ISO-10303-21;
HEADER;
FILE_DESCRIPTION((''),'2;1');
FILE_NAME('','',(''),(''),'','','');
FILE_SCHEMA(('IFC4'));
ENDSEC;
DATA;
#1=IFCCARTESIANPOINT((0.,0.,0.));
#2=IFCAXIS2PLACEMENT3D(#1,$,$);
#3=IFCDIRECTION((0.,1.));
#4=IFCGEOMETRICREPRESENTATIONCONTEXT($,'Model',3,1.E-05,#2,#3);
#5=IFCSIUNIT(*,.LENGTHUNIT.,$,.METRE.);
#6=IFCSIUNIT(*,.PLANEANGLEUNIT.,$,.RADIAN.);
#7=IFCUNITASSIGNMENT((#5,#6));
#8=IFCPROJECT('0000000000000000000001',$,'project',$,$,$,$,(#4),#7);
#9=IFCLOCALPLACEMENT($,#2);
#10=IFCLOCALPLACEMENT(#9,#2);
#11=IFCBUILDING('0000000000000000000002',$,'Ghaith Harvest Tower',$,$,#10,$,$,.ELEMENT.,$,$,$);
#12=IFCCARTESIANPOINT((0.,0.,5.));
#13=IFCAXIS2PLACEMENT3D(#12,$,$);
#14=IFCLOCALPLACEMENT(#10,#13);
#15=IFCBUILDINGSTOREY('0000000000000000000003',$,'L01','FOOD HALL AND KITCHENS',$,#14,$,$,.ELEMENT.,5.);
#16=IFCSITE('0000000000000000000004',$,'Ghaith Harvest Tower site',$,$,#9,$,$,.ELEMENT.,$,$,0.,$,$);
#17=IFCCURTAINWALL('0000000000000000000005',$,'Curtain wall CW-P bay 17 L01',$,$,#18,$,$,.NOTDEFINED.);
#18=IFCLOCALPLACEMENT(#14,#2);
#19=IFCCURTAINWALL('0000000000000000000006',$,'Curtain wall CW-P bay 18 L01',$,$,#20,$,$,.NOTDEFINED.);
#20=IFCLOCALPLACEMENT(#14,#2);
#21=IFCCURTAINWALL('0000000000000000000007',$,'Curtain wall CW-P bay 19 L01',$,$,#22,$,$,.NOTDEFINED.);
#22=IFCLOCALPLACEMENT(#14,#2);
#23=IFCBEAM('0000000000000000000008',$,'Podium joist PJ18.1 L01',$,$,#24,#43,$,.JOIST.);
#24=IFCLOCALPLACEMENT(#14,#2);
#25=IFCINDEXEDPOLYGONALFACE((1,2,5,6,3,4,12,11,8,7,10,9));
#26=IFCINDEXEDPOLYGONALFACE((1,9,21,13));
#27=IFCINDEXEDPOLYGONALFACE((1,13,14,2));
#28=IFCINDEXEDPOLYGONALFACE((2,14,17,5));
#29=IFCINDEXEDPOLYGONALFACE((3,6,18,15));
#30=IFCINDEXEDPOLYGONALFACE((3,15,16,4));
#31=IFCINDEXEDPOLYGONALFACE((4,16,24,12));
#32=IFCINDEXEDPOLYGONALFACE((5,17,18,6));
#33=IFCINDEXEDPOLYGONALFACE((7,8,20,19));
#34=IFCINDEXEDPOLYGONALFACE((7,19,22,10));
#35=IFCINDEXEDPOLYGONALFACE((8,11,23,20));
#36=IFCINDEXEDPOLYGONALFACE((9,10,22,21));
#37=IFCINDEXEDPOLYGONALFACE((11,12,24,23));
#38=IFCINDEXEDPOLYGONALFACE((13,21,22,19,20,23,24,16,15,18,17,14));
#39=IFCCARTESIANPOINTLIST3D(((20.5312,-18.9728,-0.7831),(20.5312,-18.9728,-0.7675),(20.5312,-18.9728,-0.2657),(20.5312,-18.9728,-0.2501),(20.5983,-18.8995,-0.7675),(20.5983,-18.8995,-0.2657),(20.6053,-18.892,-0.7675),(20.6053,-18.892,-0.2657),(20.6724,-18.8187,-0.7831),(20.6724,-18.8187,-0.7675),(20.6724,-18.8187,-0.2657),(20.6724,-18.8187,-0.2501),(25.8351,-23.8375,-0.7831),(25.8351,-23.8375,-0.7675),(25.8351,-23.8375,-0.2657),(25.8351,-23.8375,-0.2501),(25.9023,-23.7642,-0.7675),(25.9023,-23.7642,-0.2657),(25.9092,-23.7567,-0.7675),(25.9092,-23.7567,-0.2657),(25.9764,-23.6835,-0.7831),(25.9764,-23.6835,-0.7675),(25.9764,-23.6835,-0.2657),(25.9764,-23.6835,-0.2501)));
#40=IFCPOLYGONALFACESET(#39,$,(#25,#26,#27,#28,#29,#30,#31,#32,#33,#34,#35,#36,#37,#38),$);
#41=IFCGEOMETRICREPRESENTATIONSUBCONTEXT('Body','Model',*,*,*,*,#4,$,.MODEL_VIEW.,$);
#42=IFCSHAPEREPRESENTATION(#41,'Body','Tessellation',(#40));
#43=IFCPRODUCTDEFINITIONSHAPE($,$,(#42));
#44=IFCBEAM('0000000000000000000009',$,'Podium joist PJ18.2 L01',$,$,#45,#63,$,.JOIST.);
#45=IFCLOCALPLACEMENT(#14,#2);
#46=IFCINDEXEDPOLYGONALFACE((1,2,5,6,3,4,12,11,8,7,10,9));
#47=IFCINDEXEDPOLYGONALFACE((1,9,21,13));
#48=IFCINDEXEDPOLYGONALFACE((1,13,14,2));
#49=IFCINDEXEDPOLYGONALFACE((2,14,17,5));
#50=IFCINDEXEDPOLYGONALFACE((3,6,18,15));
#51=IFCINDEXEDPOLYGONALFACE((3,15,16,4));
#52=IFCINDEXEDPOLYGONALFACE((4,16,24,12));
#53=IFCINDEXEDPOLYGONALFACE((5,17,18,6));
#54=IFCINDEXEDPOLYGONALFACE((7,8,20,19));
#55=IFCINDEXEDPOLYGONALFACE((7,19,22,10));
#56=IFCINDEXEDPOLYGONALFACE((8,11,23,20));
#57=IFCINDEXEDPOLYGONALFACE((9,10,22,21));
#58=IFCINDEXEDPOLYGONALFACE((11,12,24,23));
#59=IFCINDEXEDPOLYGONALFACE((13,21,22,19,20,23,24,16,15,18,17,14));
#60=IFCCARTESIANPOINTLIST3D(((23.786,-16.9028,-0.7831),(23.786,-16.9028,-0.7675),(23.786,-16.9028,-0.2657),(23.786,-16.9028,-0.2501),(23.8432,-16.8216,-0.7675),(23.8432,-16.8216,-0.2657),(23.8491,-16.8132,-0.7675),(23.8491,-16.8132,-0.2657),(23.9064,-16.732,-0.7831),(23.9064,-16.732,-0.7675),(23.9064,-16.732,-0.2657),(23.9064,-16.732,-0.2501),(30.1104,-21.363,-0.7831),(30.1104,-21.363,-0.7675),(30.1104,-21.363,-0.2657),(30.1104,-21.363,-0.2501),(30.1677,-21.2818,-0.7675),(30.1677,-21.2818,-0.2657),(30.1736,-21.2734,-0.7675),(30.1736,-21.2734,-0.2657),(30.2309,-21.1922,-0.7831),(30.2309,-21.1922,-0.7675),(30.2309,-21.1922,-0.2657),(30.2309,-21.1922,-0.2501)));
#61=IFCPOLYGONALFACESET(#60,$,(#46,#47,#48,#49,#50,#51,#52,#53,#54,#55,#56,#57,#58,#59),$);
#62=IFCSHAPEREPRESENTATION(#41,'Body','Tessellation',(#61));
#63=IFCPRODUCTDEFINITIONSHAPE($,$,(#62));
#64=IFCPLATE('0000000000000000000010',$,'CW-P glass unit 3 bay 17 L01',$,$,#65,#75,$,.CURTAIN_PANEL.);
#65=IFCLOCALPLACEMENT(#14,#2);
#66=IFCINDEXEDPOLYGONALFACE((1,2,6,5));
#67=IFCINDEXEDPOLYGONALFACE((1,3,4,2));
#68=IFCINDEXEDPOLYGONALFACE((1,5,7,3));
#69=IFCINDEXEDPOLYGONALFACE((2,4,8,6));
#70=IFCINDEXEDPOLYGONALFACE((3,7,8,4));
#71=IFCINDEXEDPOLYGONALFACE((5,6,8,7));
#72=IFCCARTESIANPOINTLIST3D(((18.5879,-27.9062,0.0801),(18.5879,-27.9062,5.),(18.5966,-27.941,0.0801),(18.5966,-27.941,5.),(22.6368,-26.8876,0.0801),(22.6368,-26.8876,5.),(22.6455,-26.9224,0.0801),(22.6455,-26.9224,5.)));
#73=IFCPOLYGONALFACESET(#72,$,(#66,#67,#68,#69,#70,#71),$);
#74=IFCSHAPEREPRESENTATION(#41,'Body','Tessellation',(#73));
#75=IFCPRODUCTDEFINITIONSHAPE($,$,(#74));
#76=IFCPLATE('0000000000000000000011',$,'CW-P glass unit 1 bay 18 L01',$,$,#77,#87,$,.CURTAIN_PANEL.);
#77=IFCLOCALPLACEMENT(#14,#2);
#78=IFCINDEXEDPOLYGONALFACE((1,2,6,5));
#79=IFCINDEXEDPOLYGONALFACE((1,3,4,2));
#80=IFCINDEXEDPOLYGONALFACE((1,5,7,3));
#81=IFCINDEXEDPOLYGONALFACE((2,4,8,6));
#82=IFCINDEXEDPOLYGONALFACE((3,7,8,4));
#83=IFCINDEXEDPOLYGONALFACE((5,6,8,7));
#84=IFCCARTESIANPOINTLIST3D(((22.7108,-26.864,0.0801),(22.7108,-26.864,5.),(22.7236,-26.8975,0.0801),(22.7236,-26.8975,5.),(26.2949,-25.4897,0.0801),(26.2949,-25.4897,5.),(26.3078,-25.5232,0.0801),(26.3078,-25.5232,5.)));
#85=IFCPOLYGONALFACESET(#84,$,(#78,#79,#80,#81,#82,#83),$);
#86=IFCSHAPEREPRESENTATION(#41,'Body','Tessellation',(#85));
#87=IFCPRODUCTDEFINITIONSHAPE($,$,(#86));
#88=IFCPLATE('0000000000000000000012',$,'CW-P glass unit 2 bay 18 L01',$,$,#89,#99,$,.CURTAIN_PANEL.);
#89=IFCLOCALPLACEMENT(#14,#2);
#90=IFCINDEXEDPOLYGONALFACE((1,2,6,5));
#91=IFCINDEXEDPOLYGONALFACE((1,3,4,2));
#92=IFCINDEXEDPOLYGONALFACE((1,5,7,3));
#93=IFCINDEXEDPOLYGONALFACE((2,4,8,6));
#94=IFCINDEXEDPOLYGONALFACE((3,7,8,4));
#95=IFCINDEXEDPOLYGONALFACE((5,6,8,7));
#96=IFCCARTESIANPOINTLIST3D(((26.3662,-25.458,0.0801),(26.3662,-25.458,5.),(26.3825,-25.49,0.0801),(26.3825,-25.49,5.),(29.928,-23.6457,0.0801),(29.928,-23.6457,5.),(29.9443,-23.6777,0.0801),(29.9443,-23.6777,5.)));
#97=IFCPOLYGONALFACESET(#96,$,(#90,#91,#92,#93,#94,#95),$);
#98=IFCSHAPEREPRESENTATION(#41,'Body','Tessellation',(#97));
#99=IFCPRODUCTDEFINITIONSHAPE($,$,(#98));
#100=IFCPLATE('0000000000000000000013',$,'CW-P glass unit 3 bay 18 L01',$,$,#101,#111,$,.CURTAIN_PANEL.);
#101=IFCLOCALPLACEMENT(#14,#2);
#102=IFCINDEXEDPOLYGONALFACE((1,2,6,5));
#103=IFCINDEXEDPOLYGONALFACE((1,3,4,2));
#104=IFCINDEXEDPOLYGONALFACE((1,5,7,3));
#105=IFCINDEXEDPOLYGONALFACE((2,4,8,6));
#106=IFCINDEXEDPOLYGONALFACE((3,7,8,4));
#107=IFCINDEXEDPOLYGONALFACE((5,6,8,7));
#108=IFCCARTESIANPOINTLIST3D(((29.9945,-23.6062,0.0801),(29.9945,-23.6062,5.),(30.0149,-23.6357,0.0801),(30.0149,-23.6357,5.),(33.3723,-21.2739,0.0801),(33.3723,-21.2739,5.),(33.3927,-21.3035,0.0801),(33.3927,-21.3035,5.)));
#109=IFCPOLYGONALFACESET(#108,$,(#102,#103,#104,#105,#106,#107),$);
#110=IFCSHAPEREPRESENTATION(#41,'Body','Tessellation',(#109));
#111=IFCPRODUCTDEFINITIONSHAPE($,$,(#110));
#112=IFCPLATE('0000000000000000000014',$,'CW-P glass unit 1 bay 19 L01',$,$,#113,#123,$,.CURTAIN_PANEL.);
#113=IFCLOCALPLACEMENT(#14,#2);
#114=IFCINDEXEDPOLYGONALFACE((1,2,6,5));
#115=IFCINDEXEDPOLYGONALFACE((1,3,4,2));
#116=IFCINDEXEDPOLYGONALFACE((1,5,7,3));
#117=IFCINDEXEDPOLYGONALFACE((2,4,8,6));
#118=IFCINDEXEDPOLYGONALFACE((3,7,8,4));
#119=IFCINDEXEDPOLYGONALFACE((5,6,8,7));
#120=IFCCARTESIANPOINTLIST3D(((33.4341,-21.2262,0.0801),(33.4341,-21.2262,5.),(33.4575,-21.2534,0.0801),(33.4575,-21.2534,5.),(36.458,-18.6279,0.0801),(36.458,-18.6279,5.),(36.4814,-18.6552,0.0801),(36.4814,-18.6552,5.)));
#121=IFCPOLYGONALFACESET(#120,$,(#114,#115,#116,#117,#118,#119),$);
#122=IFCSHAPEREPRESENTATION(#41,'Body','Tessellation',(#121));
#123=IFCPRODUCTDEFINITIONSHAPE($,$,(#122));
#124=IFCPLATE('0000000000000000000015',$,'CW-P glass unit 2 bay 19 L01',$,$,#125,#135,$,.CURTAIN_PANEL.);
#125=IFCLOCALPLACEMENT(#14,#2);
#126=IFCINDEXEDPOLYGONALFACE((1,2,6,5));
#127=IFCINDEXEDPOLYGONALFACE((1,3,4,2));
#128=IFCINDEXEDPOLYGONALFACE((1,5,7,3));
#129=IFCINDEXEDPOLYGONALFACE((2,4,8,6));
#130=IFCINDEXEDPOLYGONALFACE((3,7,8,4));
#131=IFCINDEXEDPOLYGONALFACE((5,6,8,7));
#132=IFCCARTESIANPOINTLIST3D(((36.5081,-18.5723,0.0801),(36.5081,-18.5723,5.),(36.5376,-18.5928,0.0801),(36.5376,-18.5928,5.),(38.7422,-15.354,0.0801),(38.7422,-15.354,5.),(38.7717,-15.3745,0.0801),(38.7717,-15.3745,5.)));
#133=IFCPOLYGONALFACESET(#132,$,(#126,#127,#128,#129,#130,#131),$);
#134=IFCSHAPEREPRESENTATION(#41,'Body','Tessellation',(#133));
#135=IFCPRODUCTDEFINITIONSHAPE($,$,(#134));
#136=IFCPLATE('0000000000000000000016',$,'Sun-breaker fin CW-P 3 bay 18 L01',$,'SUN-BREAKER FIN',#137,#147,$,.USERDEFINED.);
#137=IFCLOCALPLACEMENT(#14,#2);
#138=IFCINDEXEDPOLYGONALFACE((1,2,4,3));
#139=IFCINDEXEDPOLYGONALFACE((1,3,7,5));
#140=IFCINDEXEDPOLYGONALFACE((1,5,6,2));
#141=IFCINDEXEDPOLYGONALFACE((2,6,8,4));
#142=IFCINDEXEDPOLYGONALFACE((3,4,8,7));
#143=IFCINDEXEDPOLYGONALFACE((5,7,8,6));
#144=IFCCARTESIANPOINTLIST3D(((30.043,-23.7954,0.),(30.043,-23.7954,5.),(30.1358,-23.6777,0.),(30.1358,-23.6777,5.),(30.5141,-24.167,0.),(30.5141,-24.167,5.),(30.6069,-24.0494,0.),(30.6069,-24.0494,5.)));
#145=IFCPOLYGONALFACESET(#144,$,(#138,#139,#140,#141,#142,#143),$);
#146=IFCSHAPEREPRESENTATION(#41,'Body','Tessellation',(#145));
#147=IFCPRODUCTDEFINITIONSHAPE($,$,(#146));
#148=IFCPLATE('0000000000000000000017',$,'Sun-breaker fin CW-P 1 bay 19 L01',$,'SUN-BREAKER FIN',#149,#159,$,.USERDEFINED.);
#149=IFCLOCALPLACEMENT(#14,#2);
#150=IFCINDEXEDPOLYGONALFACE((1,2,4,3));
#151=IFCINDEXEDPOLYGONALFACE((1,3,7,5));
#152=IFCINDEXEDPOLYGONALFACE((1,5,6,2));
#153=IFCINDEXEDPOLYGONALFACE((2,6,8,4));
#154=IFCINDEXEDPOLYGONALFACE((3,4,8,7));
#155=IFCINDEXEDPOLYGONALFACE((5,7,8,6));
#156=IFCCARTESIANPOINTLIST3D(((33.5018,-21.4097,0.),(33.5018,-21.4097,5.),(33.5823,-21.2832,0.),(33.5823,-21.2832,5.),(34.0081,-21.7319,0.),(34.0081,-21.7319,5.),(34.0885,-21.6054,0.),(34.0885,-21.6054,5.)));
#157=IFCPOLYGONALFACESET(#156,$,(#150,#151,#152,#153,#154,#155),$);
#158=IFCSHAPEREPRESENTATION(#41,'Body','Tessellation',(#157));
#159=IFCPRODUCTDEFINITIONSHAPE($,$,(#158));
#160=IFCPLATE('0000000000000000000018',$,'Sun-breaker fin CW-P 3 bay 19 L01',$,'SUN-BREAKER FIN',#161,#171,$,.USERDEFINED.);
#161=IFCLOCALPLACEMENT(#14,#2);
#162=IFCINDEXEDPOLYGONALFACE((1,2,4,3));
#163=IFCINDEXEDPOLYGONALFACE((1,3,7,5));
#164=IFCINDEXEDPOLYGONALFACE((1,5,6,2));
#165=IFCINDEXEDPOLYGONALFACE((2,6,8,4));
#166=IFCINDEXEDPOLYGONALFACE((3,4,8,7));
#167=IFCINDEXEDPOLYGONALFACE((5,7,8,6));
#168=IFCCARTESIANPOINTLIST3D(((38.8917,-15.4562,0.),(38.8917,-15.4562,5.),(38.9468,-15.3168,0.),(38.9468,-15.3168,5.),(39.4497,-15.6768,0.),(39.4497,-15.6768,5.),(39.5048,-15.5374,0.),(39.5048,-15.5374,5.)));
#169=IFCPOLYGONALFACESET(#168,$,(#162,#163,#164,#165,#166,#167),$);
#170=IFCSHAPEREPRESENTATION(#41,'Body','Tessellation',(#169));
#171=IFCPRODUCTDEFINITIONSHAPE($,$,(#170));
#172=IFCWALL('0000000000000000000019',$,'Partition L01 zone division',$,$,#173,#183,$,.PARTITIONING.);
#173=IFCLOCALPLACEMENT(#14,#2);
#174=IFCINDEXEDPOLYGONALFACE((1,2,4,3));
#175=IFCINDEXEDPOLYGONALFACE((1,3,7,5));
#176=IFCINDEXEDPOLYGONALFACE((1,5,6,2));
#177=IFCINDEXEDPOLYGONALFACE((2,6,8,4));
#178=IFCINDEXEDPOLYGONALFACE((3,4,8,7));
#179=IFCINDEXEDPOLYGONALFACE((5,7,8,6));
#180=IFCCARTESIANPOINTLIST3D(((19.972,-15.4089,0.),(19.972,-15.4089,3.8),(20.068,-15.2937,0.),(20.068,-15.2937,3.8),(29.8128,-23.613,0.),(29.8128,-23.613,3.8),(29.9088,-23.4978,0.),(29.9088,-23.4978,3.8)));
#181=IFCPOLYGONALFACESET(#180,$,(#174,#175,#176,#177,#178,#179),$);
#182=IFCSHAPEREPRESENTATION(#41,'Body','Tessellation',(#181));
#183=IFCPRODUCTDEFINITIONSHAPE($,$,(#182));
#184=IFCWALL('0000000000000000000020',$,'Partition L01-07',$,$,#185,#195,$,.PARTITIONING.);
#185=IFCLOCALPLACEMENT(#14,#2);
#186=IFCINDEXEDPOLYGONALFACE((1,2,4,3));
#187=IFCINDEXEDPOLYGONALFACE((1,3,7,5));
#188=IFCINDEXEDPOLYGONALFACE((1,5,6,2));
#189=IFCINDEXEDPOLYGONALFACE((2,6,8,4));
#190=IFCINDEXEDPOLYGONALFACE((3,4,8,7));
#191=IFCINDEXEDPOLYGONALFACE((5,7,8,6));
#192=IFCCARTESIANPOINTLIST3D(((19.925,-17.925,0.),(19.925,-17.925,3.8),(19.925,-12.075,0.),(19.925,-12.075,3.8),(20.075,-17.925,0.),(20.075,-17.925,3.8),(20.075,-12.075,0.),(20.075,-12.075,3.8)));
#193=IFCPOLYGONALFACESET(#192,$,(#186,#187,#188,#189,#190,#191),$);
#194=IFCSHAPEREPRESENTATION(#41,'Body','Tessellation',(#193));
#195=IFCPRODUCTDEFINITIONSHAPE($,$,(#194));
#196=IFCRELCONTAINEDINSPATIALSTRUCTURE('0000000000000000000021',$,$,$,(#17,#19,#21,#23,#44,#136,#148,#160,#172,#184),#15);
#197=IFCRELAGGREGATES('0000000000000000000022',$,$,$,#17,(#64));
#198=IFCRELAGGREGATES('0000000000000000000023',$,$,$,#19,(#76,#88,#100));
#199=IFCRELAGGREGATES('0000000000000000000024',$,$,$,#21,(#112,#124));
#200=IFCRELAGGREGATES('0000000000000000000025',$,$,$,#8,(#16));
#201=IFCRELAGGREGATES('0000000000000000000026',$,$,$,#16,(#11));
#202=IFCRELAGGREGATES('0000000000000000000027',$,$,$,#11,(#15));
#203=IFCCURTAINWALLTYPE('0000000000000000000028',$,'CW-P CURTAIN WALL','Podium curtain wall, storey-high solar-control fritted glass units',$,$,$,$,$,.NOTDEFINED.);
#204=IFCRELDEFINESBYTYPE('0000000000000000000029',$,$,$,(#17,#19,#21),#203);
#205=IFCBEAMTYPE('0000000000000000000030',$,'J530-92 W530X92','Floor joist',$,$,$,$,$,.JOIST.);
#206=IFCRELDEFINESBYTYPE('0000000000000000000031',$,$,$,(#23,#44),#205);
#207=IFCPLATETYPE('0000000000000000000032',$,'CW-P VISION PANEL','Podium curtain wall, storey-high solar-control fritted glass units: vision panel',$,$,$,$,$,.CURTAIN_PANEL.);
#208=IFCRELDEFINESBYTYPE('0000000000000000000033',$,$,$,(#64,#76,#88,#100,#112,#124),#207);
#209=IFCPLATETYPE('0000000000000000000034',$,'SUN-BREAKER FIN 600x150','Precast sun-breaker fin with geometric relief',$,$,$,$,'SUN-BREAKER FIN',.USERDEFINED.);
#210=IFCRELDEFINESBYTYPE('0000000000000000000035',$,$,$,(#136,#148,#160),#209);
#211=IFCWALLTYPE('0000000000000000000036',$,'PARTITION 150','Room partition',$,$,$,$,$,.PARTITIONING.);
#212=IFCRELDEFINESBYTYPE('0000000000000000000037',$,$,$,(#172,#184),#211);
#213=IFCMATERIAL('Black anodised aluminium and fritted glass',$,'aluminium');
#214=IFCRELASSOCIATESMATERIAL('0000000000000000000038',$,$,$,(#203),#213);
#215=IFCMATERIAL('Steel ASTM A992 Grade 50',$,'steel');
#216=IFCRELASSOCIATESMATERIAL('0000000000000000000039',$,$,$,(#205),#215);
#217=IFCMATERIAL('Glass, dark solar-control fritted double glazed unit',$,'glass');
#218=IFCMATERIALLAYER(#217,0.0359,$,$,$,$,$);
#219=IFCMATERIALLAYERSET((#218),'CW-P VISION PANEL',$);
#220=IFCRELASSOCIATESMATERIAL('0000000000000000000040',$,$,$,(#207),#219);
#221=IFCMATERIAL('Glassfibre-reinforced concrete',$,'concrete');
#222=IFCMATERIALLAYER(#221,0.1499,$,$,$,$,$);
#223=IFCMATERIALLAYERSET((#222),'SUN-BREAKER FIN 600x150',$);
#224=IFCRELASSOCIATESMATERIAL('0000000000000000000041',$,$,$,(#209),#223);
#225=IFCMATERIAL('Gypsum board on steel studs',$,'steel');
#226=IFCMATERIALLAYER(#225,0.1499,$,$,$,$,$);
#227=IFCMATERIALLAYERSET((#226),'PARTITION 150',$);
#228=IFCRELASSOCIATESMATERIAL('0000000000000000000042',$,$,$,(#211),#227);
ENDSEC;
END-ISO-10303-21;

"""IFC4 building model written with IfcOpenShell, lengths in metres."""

from ifc_helpers import new_model, si_unit, direction, frame, frame_2d, origin, origin_2d, place, context, subcontext, project, spatial, rectangle, i_section, extrude, material, layer, layer_set, material_profile, profile_set, type_object, element, aggregate, save


model = new_model("IFC4")

# Units and contexts
model_context = context("Model", 3, precision=1e-05, world=origin(), true_north=direction((0.0, 1.0)))
body_context = subcontext(model_context, "Body", "Model", "MODEL_VIEW")
ifc_project = project(units=[si_unit("LENGTHUNIT", "METRE"), si_unit("PLANEANGLEUNIT", "RADIAN")], contexts=[model_context])

# Site, building, storey
site_placement = place(None, origin())
site = spatial("IfcSite", under=ifc_project, at=site_placement, Name="Ghaith Harvest Tower site", CompositionType="ELEMENT", RefElevation=0.0)
building_placement = place(site_placement, origin())
building = spatial("IfcBuilding", under=site, at=building_placement, Name="Ghaith Harvest Tower", CompositionType="ELEMENT")
storey_placement = place(building_placement, frame((0.0, 0.0, 5.0)))
storey = spatial("IfcBuildingStorey", under=building, at=storey_placement, Name="L01", Description="FOOD HALL AND KITCHENS", CompositionType="ELEMENT", Elevation=5.0)

# Curtain wall
ifc_material_1 = material(Name="Black anodised aluminium and fritted glass", Category="aluminium")
curtain_wall_type = type_object("IfcCurtainWallType", Name="CW-P CURTAIN WALL", Description="Podium curtain wall, storey-high solar-control fritted glass units", PredefinedType="NOTDEFINED", material=ifc_material_1)
curtain_wall_1_placement = place(storey_placement, origin())
curtain_wall_1 = element("IfcCurtainWall", 1, at=curtain_wall_1_placement, inside=storey, type_object=curtain_wall_type, Name="Curtain wall CW-P bay 17 L01", PredefinedType="NOTDEFINED")

# Curtain walls
curtain_wall_2_placement = place(storey_placement, origin())
curtain_wall_2 = element("IfcCurtainWall", 2, at=curtain_wall_2_placement, inside=storey, type_object=curtain_wall_type, Name="Curtain wall CW-P bay 18 L01", PredefinedType="NOTDEFINED")
curtain_wall_3_placement = place(storey_placement, origin())
curtain_wall_3 = element("IfcCurtainWall", 3, at=curtain_wall_3_placement, inside=storey, type_object=curtain_wall_type, Name="Curtain wall CW-P bay 19 L01", PredefinedType="NOTDEFINED")

# Beams
ifc_material_2 = material(Name="Steel ASTM A992 Grade 50", Category="steel")
ifc_material_profile_1 = material_profile(ifc_material_2, i_section(OverallWidth=0.209, OverallDepth=0.533, WebThickness=0.0103, FlangeThickness=0.0156, at=origin_2d()), Name="W530X92")
ifc_profile_set_1 = profile_set([ifc_material_profile_1], Name="Steel ASTM A992 Grade 50")
beam_type_1 = type_object("IfcBeamType", Name="J530-92 W530X92", Description="Floor joist", PredefinedType="JOIST", material=ifc_profile_set_1)
beam_1_placement = place(storey_placement, frame((20.6018, -18.8958, -0.5166), z_axis=(0.736961, -0.675935, 0.0), x_axis=(0.675935, 0.736961, 0.0)))
element("IfcBeam", 4, at=beam_1_placement, inside=storey, type_object=beam_type_1, Name="Podium joist PJ18.1 L01", PredefinedType="JOIST", context=body_context, shape_type="SweptSolid", body=[
    extrude(i_section(OverallWidth=0.209, OverallDepth=0.533, WebThickness=0.0103, FlangeThickness=0.0156, at=origin_2d()), origin(), (0.0, 0.0, 1.0), 7.197),
])
beam_2_placement = place(storey_placement, frame((23.8462, -16.8174, -0.5166), z_axis=(0.817219, -0.576328, 0.0), x_axis=(0.576328, 0.817219, 0.0)))
element("IfcBeam", 5, at=beam_2_placement, inside=storey, type_object=beam_type_1, Name="Podium joist PJ18.2 L01", PredefinedType="JOIST", context=body_context, shape_type="SweptSolid", body=[
    extrude(i_section(OverallWidth=0.209, OverallDepth=0.533, WebThickness=0.0103, FlangeThickness=0.0156, at=origin_2d()), origin(), (0.0, 0.0, 1.0), 7.739),
])

# Plates
ifc_material_3 = material(Name="Glass, dark solar-control fritted double glazed unit", Category="glass")
ifc_layer_1 = layer(ifc_material_3, 0.0359)
ifc_layer_set_1 = layer_set([ifc_layer_1], Name="CW-P VISION PANEL")
plate_type_1 = type_object("IfcPlateType", Name="CW-P VISION PANEL", Description="Podium curtain wall, storey-high solar-control fritted glass units: vision panel", PredefinedType="CURTAIN_PANEL", material=ifc_layer_set_1)
plate_1_placement = place(storey_placement, frame((20.6167, -27.4143, 0.0801), z_axis=(0.0, 0.0, 1.0), x_axis=(0.969785, 0.243963, 0.0)))
plate_1 = element("IfcPlate", 6, at=plate_1_placement, type_object=plate_type_1, Name="CW-P glass unit 3 bay 17 L01", PredefinedType="CURTAIN_PANEL", context=body_context, shape_type="SweptSolid", body=[
    extrude(rectangle(XDim=4.175, YDim=0.0359, at=origin_2d()), origin(), (0.0, 0.0, 1.0), 4.9199),
])
aggregate(curtain_wall_1, [plate_1])
plate_2_placement = place(storey_placement, frame((24.5093, -26.1936, 0.0801), z_axis=(0.0, 0.0, 1.0), x_axis=(0.933706, 0.35804, 0.0)))
plate_2 = element("IfcPlate", 7, at=plate_2_placement, type_object=plate_type_1, Name="CW-P glass unit 1 bay 18 L01", PredefinedType="CURTAIN_PANEL", context=body_context, shape_type="SweptSolid", body=[
    extrude(rectangle(XDim=3.8386, YDim=0.0359, at=origin_2d()), origin(), (0.0, 0.0, 1.0), 4.9199),
])
plate_3_placement = place(storey_placement, frame((28.1553, -24.5679, 0.0801), z_axis=(0.0, 0.0, 1.0), x_axis=(0.891267, 0.453479, 0.0)))
plate_3 = element("IfcPlate", 8, at=plate_3_placement, type_object=plate_type_1, Name="CW-P glass unit 2 bay 18 L01", PredefinedType="CURTAIN_PANEL", context=body_context, shape_type="SweptSolid", body=[
    extrude(rectangle(XDim=3.9963, YDim=0.0359, at=origin_2d()), origin(), (0.0, 0.0, 1.0), 4.9199),
])
plate_4_placement = place(storey_placement, frame((31.6936, -22.4548, 0.0801), z_axis=(0.0, 0.0, 1.0), x_axis=(0.822893, 0.568196, 0.0)))
plate_4 = element("IfcPlate", 9, at=plate_4_placement, type_object=plate_type_1, Name="CW-P glass unit 3 bay 18 L01", PredefinedType="CURTAIN_PANEL", context=body_context, shape_type="SweptSolid", body=[
    extrude(rectangle(XDim=4.1047, YDim=0.0359, at=origin_2d()), origin(), (0.0, 0.0, 1.0), 4.9199),
])
aggregate(curtain_wall_2, [plate_2, plate_3, plate_4])
plate_5_placement = place(storey_placement, frame((34.9578, -19.9407, 0.0801), z_axis=(0.0, 0.0, 1.0), x_axis=(0.758467, 0.651711, 0.0)))
plate_5 = element("IfcPlate", 10, at=plate_5_placement, type_object=plate_type_1, Name="CW-P glass unit 1 bay 19 L01", PredefinedType="CURTAIN_PANEL", context=body_context, shape_type="SweptSolid", body=[
    extrude(rectangle(XDim=3.9868, YDim=0.0359, at=origin_2d()), origin(), (0.0, 0.0, 1.0), 4.9199),
])
plate_6_placement = place(storey_placement, frame((37.6399, -16.9734, 0.0801), z_axis=(0.0, 0.0, 1.0), x_axis=(0.570249, 0.821472, 0.0)))
plate_6 = element("IfcPlate", 11, at=plate_6_placement, type_object=plate_type_1, Name="CW-P glass unit 2 bay 19 L01", PredefinedType="CURTAIN_PANEL", context=body_context, shape_type="SweptSolid", body=[
    extrude(rectangle(XDim=3.9177, YDim=0.0359, at=origin_2d()), origin(), (0.0, 0.0, 1.0), 4.9199),
])
aggregate(curtain_wall_3, [plate_5, plate_6])

# Plates
ifc_material_4 = material(Name="Glassfibre-reinforced concrete", Category="concrete")
ifc_layer_2 = layer(ifc_material_4, 0.1499)
ifc_layer_set_2 = layer_set([ifc_layer_2], Name="SUN-BREAKER FIN 600x150")
plate_type_2 = type_object("IfcPlateType", Name="SUN-BREAKER FIN 600x150", Description="Precast sun-breaker fin with geometric relief", ElementType="SUN-BREAKER FIN", PredefinedType="USERDEFINED", material=ifc_layer_set_2)
for number, where, z_axis, x_axis, name in (
    (12, (30.325, -23.9224, 0.0), (0.0, 0.0, 1.0), (0.785115, -0.61935, 0.0), "Sun-breaker fin CW-P 3 bay 18 L01"),
    (13, (33.7952, -21.5076, 0.0), (0.0, 0.0, 1.0), (0.843644, -0.536903, 0.0), "Sun-breaker fin CW-P 1 bay 19 L01"),
    (14, (39.1982, -15.4968, 0.0), (0.0, 0.0, 1.0), (0.929961, -0.367659, 0.0), "Sun-breaker fin CW-P 3 bay 19 L01"),
):
    element("IfcPlate", number, at=place(storey_placement, frame(where, z_axis=z_axis, x_axis=x_axis)), inside=storey, type_object=plate_type_2, Name=name, ObjectType="SUN-BREAKER FIN", PredefinedType="USERDEFINED", context=body_context, shape_type="SweptSolid", body=[
        extrude(rectangle(XDim=0.6001, YDim=0.1499, at=origin_2d()), origin(), (0.0, 0.0, 1.0), 5.0),
    ])

# Walls
ifc_material_5 = material(Name="Gypsum board on steel studs", Category="steel")
ifc_layer_3 = layer(ifc_material_5, 0.1499)
ifc_layer_set_3 = layer_set([ifc_layer_3], Name="PARTITION 150")
wall_type = type_object("IfcWallType", Name="PARTITION 150", Description="Room partition", PredefinedType="PARTITIONING", material=ifc_layer_set_3)
wall_1_placement = place(storey_placement, frame((20.02, -15.3513, 0.0), z_axis=(0.0, 0.0, 1.0), x_axis=(0.76809, -0.640342, 0.0)))
element("IfcWall", 15, at=wall_1_placement, inside=storey, type_object=wall_type, Name="Partition L01 zone division", PredefinedType="PARTITIONING", context=body_context, shape_type="SweptSolid", body=[
    extrude(rectangle(XDim=12.812, YDim=0.1499, at=frame_2d((6.406, 0.0))), origin(), (0.0, 0.0, 1.0), 3.8),
])
wall_2_placement = place(storey_placement, frame((20.0, -17.925, 0.0), z_axis=(0.0, 0.0, 1.0), x_axis=(0.0, 1.0, 0.0)))
element("IfcWall", 16, at=wall_2_placement, inside=storey, type_object=wall_type, Name="Partition L01-07", PredefinedType="PARTITIONING", context=body_context, shape_type="SweptSolid", body=[
    extrude(rectangle(XDim=5.8501, YDim=0.1499, at=frame_2d((2.925, 0.0))), origin(), (0.0, 0.0, 1.0), 3.8),
])

save(model, "model.ifc")
